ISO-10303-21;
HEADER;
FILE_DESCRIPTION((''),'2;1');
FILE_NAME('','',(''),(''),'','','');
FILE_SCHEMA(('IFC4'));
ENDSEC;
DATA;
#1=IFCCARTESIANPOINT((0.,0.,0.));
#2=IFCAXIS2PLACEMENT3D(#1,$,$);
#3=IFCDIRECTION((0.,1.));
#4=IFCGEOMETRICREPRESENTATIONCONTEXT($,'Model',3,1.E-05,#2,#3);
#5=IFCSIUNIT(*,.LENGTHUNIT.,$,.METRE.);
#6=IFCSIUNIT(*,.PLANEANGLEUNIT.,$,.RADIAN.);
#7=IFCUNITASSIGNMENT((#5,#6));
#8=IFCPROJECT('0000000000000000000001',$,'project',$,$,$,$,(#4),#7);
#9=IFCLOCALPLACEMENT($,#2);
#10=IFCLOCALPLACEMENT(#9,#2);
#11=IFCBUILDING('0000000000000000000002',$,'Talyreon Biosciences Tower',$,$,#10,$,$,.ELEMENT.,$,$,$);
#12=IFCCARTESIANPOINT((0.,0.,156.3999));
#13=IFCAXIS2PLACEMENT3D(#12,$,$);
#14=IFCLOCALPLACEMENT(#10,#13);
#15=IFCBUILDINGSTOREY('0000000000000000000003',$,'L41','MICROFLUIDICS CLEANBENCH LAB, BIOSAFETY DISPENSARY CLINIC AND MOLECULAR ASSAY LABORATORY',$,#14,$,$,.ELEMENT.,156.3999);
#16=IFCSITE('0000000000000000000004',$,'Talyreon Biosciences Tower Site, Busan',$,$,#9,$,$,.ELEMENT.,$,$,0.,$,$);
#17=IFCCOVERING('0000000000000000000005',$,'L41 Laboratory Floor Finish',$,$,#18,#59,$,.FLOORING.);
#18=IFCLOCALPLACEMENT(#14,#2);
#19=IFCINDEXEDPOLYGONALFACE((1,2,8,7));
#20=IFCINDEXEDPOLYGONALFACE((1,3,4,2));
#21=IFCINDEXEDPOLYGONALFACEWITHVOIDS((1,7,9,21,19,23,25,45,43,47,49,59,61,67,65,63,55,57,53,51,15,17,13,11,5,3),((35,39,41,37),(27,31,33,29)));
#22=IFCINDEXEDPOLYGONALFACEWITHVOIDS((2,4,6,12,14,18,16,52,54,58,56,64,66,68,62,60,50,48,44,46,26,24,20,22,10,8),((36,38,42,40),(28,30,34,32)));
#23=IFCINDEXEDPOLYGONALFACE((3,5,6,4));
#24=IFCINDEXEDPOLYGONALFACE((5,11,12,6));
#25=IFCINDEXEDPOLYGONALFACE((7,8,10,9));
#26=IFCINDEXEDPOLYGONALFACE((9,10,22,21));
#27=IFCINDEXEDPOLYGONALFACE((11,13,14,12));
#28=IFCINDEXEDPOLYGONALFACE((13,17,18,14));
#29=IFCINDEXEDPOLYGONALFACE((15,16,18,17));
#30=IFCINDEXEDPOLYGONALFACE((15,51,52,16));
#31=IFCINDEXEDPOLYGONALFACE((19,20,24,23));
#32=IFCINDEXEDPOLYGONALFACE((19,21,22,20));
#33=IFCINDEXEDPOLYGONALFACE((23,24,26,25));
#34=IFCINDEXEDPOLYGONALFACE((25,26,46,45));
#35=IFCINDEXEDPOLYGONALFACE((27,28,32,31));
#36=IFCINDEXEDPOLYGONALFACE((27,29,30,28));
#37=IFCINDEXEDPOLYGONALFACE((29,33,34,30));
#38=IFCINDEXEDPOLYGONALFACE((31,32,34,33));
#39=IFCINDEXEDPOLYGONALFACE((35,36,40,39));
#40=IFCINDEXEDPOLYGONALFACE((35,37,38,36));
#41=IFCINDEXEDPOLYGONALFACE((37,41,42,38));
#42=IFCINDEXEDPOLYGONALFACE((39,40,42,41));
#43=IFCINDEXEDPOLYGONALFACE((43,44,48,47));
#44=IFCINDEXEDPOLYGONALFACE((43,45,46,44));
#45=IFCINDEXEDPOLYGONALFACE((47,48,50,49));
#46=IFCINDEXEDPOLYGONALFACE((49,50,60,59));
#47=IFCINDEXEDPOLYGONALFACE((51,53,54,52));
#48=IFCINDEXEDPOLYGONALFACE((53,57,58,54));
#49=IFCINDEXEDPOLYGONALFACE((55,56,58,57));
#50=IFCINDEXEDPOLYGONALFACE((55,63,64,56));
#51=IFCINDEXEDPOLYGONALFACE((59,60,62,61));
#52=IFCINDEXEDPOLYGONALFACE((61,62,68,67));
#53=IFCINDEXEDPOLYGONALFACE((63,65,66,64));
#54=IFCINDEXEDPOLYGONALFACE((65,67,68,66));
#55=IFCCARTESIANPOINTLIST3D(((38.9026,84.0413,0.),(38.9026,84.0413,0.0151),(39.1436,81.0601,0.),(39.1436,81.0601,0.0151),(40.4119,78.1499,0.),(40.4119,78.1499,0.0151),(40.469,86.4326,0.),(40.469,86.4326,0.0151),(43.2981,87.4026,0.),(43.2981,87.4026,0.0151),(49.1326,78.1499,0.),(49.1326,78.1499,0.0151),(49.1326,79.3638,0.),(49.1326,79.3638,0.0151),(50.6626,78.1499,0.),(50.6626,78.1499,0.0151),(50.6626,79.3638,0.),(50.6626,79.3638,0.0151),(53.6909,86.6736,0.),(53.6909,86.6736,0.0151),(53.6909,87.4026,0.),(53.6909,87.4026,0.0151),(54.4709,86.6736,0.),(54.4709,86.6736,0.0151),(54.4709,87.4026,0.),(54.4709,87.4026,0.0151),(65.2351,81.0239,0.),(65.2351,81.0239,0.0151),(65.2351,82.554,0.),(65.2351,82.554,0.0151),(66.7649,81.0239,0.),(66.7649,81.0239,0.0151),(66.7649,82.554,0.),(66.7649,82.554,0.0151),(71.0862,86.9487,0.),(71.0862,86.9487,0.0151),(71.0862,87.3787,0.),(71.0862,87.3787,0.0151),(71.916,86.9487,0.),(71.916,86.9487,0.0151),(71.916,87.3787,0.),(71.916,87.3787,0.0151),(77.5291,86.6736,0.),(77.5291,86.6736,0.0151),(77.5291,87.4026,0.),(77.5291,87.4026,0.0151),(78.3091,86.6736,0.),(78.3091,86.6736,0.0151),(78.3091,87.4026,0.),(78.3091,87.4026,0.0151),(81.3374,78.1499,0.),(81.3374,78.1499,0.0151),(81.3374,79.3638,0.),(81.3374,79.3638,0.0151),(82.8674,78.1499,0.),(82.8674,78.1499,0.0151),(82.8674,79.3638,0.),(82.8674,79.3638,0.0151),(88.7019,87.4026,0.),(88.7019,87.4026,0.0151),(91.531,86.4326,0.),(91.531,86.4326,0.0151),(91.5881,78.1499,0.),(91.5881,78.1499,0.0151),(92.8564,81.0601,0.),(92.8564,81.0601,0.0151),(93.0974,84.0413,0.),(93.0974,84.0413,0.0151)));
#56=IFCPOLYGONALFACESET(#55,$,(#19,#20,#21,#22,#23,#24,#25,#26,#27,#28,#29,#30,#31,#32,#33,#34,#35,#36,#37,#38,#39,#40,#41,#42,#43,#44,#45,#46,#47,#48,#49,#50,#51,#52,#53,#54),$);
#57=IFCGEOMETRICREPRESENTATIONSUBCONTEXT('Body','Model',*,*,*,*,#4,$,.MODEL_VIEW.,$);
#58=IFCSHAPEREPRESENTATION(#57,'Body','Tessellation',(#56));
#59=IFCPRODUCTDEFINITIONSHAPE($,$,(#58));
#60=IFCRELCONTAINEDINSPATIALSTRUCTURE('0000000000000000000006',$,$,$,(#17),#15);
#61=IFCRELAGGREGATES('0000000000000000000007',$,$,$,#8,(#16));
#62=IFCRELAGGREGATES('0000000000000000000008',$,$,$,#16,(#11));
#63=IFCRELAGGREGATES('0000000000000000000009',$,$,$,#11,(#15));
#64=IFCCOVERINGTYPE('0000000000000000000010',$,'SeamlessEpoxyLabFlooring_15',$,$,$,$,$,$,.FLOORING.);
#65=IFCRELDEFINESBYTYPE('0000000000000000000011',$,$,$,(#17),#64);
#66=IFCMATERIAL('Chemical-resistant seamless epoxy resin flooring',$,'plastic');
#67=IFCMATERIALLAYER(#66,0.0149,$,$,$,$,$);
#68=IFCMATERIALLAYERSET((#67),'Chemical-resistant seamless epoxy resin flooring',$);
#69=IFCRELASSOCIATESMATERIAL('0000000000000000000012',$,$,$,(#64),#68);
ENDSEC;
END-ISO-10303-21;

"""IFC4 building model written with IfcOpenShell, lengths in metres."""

from ifc_helpers import new_model, si_unit, direction, frame, origin, place, context, subcontext, project, spatial, polyline, outline, extrude, material, layer, layer_set, type_object, element, save


model = new_model("IFC4")

# Units and contexts
model_context = context("Model", 3, precision=1e-05, world=origin(), true_north=direction((0.0, 1.0)))
body_context = subcontext(model_context, "Body", "Model", "MODEL_VIEW")
ifc_project = project(units=[si_unit("LENGTHUNIT", "METRE"), si_unit("PLANEANGLEUNIT", "RADIAN")], contexts=[model_context])

# Site, building, storey
site_placement = place(None, origin())
site = spatial("IfcSite", under=ifc_project, at=site_placement, Name="Talyreon Biosciences Tower Site, Busan", CompositionType="ELEMENT", RefElevation=0.0)
building_placement = place(site_placement, origin())
building = spatial("IfcBuilding", under=site, at=building_placement, Name="Talyreon Biosciences Tower", CompositionType="ELEMENT")
storey_placement = place(building_placement, frame((0.0, 0.0, 156.3999)))
storey = spatial("IfcBuildingStorey", under=building, at=storey_placement, Name="L41", Description="MICROFLUIDICS CLEANBENCH LAB, BIOSAFETY DISPENSARY CLINIC AND MOLECULAR ASSAY LABORATORY", CompositionType="ELEMENT", Elevation=156.3999)

# Covering
ifc_material_1 = material(Name="Chemical-resistant seamless epoxy resin flooring", Category="plastic")
ifc_layer_1 = layer(ifc_material_1, 0.0149)
ifc_layer_set_1 = layer_set([ifc_layer_1], Name="Chemical-resistant seamless epoxy resin flooring")
covering_type_1 = type_object("IfcCoveringType", Name="SeamlessEpoxyLabFlooring_15", PredefinedType="FLOORING", material=ifc_layer_set_1)
covering_1_placement = place(storey_placement, origin())
element("IfcCovering", 1, at=covering_1_placement, inside=storey, type_object=covering_type_1, Name="L41 Laboratory Floor Finish", PredefinedType="FLOORING", context=body_context, shape_type="SweptSolid", body=[
    extrude(outline(polyline([(40.469, 86.4326), (43.2981, 87.4026), (53.6909, 87.4026), (53.6909, 86.6736), (54.4709, 86.6736), (54.4709, 87.4026), (77.5291, 87.4026), (77.5291, 86.6736), (78.3091, 86.6736), (78.3091, 87.4026), (88.7019, 87.4026), (91.531, 86.4326), (93.0974, 84.0413), (92.8564, 81.0601), (91.5881, 78.1499), (82.8674, 78.1499), (82.8674, 79.3638), (81.3374, 79.3638), (81.3374, 78.1499), (50.6626, 78.1499), (50.6626, 79.3638), (49.1326, 79.3638), (49.1326, 78.1499), (40.4119, 78.1499), (39.1436, 81.0601), (38.9026, 84.0413), (40.469, 86.4326)]), holes=[polyline([(65.2351, 81.0239), (66.7649, 81.0239), (66.7649, 82.554), (65.2351, 82.554), (65.2351, 81.0239)]), polyline([(71.916, 87.3787), (71.0862, 87.3787), (71.0862, 86.9487), (71.916, 86.9487), (71.916, 87.3787)])]), origin(), (0.0, 0.0, 1.0), 0.0151),
])

save(model, "model.ifc")
